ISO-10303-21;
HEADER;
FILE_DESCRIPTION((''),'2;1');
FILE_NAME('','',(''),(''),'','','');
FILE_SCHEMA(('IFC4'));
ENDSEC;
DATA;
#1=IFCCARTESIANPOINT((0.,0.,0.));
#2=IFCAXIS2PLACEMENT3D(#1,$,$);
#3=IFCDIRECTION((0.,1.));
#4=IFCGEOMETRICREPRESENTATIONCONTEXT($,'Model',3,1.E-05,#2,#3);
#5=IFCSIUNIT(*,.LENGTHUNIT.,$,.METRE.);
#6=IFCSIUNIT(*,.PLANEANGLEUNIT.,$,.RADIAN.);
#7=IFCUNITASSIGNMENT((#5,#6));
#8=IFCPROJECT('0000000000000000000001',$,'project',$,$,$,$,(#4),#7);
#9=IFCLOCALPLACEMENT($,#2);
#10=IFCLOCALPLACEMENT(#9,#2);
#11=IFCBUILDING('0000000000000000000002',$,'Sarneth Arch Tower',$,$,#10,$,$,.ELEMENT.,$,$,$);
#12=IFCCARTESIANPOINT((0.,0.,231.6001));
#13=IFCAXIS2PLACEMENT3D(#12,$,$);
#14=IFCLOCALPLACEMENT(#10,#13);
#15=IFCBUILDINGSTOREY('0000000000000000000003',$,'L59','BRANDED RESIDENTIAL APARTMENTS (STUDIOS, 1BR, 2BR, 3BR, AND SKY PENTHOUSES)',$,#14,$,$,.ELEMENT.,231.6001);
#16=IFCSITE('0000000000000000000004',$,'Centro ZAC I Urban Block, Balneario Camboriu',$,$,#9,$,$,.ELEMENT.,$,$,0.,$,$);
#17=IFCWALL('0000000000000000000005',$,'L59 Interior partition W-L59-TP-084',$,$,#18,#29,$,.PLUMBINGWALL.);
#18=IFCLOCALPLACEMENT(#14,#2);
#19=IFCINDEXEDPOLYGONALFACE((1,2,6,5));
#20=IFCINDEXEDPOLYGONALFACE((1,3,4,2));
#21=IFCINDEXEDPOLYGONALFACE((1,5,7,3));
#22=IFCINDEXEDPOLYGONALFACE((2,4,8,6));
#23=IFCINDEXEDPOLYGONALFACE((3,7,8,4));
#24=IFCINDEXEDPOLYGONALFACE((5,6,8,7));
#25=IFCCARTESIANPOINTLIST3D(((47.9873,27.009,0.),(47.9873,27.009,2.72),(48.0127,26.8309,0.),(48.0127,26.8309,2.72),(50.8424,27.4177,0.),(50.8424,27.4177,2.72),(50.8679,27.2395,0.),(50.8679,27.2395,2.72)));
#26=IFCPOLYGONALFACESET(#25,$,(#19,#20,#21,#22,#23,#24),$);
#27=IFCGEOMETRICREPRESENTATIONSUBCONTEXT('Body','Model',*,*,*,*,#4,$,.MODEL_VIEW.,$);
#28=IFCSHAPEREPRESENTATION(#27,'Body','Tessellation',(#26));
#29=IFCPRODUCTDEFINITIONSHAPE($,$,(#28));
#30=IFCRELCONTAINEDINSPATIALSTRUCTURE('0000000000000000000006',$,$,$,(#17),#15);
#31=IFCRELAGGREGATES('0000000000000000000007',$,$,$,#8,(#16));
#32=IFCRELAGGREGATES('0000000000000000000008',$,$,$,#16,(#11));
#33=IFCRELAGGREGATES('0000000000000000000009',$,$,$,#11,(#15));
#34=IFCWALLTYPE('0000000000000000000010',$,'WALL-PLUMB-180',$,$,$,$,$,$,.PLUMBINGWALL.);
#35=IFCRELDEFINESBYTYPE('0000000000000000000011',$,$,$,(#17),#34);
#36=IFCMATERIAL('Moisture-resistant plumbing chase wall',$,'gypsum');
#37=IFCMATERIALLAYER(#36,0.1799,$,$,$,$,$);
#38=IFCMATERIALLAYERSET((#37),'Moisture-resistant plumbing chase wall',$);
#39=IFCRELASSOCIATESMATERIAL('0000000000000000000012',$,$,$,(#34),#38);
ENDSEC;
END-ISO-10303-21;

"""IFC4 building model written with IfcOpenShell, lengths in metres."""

from ifc_helpers import new_model, si_unit, direction, frame, frame_2d, origin, place, context, subcontext, project, spatial, rectangle, extrude, material, layer, layer_set, type_object, element, save


model = new_model("IFC4")

# Units and contexts
model_context = context("Model", 3, precision=1e-05, world=origin(), true_north=direction((0.0, 1.0)))
body_context = subcontext(model_context, "Body", "Model", "MODEL_VIEW")
ifc_project = project(units=[si_unit("LENGTHUNIT", "METRE"), si_unit("PLANEANGLEUNIT", "RADIAN")], contexts=[model_context])

# Site, building, storey
site_placement = place(None, origin())
site = spatial("IfcSite", under=ifc_project, at=site_placement, Name="Centro ZAC I Urban Block, Balneario Camboriu", CompositionType="ELEMENT", RefElevation=0.0)
building_placement = place(site_placement, origin())
building = spatial("IfcBuilding", under=site, at=building_placement, Name="Sarneth Arch Tower", CompositionType="ELEMENT")
storey_placement = place(building_placement, frame((0.0, 0.0, 231.6001)))
storey = spatial("IfcBuildingStorey", under=building, at=storey_placement, Name="L59", Description="BRANDED RESIDENTIAL APARTMENTS (STUDIOS, 1BR, 2BR, 3BR, AND SKY PENTHOUSES)", CompositionType="ELEMENT", Elevation=231.6001)

# Wall
ifc_material_1 = material(Name="Moisture-resistant plumbing chase wall", Category="gypsum")
ifc_layer_1 = layer(ifc_material_1, 0.1799)
ifc_layer_set_1 = layer_set([ifc_layer_1], Name="Moisture-resistant plumbing chase wall")
wall_type_1 = type_object("IfcWallType", Name="WALL-PLUMB-180", PredefinedType="PLUMBINGWALL", material=ifc_layer_set_1)
wall_1_placement = place(storey_placement, frame((48.0, 26.9199, 0.0), z_axis=(0.0, 0.0, 1.0), x_axis=(0.989911, 0.141694, 0.0)))
element("IfcWall", 1, at=wall_1_placement, inside=storey, type_object=wall_type_1, Name="L59 Interior partition W-L59-TP-084", PredefinedType="PLUMBINGWALL", context=body_context, shape_type="SweptSolid", body=[
    extrude(rectangle(XDim=2.8843, YDim=0.1799, at=frame_2d((1.4421, 0.0))), origin(), (0.0, 0.0, 1.0), 2.72),
])

save(model, "model.ifc")
